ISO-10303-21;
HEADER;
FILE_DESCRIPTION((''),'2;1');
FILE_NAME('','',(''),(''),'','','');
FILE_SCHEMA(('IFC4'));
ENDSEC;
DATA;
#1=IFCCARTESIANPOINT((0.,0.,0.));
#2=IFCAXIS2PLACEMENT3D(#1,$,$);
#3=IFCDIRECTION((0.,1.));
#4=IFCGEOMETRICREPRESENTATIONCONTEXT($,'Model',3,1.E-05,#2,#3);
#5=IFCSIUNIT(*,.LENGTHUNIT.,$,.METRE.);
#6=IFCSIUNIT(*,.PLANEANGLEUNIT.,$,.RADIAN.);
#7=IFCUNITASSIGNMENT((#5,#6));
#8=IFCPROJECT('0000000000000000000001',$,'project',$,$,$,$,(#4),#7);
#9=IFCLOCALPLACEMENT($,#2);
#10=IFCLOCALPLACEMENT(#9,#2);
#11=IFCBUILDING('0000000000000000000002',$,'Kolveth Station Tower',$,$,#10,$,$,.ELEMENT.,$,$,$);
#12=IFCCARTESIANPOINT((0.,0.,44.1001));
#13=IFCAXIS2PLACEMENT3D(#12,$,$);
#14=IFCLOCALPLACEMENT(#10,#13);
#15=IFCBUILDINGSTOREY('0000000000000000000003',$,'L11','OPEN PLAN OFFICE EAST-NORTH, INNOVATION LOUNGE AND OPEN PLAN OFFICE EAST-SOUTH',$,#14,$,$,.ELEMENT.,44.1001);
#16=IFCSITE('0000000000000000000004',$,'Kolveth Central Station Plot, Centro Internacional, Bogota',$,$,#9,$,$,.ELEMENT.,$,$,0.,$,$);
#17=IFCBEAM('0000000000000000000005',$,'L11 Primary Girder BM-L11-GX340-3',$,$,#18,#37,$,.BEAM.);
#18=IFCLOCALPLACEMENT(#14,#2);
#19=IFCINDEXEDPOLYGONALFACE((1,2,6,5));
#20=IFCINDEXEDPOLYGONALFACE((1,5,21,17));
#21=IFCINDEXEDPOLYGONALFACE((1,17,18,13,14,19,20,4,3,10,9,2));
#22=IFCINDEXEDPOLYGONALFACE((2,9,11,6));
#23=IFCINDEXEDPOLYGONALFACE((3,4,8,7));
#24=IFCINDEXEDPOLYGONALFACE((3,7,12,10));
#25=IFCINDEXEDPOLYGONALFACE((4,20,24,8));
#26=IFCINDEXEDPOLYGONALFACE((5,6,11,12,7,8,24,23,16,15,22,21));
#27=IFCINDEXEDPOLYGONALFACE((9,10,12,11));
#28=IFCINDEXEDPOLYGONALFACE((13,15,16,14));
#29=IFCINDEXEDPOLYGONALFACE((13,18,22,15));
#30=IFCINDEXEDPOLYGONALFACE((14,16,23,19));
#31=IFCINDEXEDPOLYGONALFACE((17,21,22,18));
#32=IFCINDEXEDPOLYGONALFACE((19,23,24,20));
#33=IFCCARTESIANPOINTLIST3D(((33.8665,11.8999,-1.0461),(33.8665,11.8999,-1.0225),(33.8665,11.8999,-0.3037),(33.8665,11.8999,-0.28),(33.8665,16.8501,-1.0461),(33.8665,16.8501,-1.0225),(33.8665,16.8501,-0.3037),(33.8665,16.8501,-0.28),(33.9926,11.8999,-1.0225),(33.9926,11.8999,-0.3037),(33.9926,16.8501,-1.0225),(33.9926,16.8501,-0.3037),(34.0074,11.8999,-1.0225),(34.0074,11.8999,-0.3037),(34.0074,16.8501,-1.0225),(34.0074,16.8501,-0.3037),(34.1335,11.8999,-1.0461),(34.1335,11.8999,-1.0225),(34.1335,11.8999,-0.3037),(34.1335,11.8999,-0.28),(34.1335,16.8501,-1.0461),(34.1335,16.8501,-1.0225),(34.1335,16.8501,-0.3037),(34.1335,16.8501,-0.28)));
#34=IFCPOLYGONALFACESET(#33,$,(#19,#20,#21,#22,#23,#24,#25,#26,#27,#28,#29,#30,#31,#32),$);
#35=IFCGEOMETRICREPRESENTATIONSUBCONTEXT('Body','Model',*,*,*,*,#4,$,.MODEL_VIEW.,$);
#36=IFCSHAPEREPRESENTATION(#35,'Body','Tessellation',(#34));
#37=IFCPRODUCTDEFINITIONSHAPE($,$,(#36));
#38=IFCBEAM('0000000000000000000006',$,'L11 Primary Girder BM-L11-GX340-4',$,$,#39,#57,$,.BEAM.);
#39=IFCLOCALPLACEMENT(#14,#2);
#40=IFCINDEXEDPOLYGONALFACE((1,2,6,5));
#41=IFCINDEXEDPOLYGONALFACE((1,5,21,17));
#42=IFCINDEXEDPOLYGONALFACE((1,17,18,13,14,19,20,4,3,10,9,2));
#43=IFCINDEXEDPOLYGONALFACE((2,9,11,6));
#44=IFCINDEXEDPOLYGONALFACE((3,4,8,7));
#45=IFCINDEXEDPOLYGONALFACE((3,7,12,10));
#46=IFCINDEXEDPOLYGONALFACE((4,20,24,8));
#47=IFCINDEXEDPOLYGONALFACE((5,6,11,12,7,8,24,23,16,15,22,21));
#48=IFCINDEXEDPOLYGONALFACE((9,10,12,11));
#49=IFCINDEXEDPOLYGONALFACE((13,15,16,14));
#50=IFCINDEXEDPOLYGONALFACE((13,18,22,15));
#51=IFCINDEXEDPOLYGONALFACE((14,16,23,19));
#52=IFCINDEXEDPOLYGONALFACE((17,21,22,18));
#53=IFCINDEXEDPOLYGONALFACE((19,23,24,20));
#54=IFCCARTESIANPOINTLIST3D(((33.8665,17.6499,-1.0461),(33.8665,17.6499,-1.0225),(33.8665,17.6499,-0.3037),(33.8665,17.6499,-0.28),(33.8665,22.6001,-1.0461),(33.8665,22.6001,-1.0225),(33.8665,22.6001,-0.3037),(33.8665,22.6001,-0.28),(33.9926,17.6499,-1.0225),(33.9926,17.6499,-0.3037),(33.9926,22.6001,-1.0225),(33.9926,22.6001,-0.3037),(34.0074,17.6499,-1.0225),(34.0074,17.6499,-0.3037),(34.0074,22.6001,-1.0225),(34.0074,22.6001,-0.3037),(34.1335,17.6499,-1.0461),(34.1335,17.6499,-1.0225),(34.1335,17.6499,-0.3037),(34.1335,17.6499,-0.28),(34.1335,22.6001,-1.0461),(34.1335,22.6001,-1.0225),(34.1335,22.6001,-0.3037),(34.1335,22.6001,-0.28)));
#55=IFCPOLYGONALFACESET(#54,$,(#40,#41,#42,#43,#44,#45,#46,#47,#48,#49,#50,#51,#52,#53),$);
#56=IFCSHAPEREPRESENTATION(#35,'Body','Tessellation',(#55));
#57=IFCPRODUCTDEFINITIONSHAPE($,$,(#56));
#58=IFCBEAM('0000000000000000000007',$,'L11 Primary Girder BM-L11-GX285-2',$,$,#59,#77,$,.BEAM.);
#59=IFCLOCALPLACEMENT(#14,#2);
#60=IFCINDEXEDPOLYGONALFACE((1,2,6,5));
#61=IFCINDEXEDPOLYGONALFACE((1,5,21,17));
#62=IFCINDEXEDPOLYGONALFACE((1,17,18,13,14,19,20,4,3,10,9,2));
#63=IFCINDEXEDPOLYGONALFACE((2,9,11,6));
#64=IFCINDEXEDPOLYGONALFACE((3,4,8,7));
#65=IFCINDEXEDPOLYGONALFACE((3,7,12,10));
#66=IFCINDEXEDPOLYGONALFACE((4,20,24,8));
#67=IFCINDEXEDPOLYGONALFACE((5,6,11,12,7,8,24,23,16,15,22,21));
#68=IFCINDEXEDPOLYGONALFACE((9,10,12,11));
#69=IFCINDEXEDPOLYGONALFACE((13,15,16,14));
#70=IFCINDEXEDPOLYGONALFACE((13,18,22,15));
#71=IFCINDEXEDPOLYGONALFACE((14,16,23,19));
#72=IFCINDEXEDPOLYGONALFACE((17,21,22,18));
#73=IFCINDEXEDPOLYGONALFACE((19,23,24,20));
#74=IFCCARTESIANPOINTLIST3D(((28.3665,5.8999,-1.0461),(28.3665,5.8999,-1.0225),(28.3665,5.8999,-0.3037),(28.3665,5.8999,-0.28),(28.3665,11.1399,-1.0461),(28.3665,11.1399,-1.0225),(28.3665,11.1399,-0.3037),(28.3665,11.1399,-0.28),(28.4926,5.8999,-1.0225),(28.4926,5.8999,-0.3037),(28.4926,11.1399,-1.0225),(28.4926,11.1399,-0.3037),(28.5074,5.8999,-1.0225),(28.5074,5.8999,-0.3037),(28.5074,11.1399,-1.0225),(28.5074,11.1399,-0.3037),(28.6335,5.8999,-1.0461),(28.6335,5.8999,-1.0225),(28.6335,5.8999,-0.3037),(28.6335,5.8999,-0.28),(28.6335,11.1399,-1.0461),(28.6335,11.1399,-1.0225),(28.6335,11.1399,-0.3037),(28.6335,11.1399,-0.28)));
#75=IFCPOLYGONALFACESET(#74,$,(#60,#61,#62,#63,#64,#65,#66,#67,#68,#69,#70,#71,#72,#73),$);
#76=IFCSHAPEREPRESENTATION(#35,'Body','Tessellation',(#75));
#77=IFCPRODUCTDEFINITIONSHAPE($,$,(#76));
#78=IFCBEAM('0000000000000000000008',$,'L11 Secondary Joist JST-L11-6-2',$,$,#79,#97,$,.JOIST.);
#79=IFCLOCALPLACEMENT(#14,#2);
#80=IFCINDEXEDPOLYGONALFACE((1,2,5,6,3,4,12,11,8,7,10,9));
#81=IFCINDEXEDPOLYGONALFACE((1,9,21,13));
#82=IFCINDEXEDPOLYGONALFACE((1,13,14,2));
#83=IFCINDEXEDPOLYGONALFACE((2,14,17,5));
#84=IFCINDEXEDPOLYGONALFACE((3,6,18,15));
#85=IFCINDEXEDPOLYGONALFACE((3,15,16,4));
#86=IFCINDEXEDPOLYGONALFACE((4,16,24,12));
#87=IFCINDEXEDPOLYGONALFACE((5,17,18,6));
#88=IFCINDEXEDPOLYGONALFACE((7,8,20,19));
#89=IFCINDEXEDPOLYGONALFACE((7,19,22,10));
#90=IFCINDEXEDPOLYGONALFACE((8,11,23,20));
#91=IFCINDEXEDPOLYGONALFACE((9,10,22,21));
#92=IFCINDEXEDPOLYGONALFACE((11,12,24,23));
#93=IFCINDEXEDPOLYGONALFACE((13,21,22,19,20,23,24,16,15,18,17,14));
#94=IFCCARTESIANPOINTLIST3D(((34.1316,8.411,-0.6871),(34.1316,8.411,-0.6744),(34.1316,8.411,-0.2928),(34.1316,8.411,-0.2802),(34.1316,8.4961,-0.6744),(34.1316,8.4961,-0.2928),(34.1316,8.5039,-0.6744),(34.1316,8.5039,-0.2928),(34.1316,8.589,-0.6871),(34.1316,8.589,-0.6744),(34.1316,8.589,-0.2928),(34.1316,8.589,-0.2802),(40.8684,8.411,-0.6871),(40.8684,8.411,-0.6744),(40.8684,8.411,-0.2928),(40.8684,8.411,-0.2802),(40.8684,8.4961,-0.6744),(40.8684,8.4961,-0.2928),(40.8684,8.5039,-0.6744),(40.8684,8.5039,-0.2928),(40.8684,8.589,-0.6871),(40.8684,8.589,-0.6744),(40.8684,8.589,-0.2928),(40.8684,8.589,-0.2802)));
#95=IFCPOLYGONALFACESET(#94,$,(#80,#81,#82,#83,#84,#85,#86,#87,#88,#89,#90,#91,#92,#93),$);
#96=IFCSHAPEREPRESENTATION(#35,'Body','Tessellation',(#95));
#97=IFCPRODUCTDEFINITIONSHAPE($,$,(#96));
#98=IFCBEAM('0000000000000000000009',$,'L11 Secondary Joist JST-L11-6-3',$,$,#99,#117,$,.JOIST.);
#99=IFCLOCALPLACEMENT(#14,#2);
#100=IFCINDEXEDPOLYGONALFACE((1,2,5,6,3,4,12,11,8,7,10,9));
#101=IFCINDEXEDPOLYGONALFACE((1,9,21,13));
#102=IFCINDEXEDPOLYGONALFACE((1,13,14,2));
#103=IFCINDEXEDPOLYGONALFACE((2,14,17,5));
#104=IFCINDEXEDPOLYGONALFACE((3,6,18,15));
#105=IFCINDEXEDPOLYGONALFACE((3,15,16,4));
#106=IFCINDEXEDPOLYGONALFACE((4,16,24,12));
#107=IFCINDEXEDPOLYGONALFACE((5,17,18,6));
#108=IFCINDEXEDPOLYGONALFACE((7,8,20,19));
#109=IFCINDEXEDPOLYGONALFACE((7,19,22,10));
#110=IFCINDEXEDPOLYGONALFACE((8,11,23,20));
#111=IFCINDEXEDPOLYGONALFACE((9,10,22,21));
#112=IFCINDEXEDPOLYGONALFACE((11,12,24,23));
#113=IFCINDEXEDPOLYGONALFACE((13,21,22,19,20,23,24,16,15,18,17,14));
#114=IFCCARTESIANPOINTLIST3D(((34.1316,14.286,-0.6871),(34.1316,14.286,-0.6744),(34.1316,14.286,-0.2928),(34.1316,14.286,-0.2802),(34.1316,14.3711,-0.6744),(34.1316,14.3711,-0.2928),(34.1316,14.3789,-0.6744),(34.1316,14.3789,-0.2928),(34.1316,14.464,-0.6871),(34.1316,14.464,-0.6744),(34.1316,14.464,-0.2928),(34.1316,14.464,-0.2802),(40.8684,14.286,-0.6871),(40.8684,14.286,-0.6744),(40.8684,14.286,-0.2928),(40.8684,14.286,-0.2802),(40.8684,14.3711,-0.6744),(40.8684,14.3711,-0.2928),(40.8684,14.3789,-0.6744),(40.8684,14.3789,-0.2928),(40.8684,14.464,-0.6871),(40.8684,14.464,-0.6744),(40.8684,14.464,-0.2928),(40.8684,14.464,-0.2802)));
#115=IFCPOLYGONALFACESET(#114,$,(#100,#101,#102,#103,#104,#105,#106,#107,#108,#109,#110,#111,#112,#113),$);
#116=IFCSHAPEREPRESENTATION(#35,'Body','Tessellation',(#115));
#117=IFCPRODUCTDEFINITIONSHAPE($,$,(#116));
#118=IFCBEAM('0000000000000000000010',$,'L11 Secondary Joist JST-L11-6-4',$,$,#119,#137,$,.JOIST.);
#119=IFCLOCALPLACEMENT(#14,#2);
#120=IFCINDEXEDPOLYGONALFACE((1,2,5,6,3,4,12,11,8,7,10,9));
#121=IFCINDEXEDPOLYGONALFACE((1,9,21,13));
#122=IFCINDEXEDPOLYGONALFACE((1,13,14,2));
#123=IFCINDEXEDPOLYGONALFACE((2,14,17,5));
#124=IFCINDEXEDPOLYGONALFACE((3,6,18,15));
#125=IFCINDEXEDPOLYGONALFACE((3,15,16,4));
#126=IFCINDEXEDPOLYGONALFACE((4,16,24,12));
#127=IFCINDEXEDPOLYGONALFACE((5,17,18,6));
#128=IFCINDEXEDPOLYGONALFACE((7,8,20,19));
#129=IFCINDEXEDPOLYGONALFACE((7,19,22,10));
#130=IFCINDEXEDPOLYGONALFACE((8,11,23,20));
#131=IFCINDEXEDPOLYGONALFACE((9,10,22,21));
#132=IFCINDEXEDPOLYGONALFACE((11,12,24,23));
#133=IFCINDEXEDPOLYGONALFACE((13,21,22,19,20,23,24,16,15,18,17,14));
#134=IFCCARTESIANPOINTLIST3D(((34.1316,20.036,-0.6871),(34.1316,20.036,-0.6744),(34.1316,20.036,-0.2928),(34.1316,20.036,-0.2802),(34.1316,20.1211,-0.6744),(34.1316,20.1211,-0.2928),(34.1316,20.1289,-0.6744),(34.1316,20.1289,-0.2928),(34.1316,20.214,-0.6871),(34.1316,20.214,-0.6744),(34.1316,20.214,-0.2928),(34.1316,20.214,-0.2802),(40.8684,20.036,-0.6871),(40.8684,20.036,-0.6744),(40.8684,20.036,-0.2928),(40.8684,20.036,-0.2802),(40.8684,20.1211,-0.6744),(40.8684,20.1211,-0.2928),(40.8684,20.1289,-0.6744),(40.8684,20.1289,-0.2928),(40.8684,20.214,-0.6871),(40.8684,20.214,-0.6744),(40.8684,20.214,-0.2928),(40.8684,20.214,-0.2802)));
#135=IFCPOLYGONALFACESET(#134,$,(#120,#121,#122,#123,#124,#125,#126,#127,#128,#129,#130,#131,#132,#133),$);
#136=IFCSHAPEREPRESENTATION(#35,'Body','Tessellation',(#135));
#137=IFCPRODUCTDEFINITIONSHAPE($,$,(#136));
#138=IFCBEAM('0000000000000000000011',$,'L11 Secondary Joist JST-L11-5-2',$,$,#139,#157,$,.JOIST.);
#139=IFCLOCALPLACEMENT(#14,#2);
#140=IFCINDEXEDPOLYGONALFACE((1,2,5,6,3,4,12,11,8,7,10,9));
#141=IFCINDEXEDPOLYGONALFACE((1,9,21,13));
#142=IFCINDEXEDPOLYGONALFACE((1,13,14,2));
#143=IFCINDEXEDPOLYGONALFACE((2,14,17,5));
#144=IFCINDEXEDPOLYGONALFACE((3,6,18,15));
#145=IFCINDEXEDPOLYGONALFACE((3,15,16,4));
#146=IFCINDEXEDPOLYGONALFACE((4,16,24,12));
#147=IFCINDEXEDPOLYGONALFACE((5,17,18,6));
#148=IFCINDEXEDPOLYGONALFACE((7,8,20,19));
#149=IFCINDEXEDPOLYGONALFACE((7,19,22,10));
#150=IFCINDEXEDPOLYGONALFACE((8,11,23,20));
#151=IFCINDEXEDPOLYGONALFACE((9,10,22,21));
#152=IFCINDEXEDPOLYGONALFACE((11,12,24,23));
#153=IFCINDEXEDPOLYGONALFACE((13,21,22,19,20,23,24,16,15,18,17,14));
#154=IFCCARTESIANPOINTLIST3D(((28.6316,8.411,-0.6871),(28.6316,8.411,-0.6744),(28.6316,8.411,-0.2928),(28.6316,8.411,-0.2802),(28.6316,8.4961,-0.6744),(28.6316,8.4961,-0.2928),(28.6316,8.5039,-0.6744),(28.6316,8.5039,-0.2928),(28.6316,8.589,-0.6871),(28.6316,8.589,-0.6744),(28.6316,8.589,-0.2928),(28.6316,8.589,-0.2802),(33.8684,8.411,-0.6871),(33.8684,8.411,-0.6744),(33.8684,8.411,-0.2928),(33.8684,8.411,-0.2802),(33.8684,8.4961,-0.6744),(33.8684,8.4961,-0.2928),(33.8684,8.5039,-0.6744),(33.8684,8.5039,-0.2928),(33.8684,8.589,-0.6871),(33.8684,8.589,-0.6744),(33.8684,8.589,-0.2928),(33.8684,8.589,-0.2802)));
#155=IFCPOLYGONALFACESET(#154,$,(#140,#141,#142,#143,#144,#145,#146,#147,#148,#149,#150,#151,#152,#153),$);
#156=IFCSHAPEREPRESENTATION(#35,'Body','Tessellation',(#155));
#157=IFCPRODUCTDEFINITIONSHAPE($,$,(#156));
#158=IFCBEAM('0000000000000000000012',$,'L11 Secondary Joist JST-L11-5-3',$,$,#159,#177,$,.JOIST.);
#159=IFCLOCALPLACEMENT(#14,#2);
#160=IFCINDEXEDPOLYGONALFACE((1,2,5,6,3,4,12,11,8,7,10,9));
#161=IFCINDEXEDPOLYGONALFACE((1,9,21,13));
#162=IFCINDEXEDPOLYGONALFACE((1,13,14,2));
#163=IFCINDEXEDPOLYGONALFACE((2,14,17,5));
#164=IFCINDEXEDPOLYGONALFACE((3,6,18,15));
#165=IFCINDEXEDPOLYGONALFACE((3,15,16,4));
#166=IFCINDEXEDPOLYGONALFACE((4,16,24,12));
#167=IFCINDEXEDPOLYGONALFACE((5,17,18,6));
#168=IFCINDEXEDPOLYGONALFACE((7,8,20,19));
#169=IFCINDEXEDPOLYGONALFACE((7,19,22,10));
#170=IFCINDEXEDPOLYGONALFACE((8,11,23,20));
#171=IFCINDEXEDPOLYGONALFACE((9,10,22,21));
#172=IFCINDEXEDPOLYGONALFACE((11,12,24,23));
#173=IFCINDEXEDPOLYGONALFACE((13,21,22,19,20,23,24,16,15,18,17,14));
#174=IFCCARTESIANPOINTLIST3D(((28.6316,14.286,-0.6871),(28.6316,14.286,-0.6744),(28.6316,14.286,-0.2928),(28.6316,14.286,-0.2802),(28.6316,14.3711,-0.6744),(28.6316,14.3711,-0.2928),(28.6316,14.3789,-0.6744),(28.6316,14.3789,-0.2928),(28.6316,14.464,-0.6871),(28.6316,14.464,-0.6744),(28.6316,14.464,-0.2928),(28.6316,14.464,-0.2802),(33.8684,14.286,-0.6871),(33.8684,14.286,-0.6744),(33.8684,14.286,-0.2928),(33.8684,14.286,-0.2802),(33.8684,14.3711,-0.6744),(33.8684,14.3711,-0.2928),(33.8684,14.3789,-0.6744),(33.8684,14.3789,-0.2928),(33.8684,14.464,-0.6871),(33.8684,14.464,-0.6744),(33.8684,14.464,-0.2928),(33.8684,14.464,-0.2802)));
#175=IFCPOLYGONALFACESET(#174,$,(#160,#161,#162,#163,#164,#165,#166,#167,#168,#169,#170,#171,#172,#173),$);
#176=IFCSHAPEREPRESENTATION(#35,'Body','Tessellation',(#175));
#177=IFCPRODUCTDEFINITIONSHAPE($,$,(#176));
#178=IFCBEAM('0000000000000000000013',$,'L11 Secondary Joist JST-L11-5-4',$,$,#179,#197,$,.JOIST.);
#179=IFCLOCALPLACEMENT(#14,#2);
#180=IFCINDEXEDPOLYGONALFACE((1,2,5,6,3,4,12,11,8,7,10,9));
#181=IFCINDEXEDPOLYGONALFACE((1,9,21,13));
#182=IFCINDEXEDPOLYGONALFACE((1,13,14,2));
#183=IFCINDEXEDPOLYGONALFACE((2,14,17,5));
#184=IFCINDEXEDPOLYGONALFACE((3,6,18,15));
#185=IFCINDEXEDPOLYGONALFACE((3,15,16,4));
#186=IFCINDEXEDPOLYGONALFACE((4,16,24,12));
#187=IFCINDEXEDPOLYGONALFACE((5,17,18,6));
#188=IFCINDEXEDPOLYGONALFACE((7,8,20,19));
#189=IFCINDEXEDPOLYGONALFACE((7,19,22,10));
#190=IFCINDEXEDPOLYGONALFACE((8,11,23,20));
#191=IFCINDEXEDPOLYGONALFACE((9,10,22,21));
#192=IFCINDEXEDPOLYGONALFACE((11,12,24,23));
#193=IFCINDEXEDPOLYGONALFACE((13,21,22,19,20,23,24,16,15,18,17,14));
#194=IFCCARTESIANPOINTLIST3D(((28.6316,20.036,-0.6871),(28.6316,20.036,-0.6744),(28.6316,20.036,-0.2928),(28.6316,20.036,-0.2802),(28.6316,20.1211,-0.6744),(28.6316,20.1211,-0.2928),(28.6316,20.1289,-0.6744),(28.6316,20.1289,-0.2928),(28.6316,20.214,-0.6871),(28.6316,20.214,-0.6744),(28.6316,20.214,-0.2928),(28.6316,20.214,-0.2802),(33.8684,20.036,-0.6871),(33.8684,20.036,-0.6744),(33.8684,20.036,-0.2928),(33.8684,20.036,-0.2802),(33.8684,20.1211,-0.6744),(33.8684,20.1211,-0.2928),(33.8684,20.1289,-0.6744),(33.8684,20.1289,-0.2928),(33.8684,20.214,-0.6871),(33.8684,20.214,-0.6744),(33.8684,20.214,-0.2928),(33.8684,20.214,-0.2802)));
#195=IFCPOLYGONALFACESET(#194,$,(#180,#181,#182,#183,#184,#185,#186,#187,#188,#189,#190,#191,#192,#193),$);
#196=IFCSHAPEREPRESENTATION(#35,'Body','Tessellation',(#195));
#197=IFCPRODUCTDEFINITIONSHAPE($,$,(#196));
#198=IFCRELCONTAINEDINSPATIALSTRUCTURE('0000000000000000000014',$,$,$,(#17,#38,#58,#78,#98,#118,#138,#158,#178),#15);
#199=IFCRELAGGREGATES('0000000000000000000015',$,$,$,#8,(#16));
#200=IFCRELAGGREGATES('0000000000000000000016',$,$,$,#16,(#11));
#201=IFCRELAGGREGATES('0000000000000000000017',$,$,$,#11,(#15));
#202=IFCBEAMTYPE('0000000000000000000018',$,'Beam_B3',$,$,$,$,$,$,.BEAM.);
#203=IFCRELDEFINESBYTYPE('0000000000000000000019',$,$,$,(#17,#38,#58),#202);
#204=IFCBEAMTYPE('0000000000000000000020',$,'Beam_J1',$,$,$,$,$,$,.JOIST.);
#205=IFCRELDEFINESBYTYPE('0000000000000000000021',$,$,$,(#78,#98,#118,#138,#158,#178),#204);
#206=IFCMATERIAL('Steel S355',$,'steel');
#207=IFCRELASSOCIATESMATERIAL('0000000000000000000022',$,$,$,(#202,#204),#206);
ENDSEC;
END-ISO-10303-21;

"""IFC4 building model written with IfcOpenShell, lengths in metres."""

from ifc_helpers import new_model, si_unit, direction, frame, origin, origin_2d, place, context, subcontext, project, spatial, i_section, extrude, source, transform, mapped, material, material_profile, profile_set, type_object, element, save


model = new_model("IFC4")

# Units and contexts
model_context = context("Model", 3, precision=1e-05, world=origin(), true_north=direction((0.0, 1.0)))
body_context = subcontext(model_context, "Body", "Model", "MODEL_VIEW")
ifc_project = project(units=[si_unit("LENGTHUNIT", "METRE"), si_unit("PLANEANGLEUNIT", "RADIAN")], contexts=[model_context])

# Site, building, storey
site_placement = place(None, origin())
site = spatial("IfcSite", under=ifc_project, at=site_placement, Name="Kolveth Central Station Plot, Centro Internacional, Bogota", CompositionType="ELEMENT", RefElevation=0.0)
building_placement = place(site_placement, origin())
building = spatial("IfcBuilding", under=site, at=building_placement, Name="Kolveth Station Tower", CompositionType="ELEMENT")
storey_placement = place(building_placement, frame((0.0, 0.0, 44.1001)))
storey = spatial("IfcBuildingStorey", under=building, at=storey_placement, Name="L11", Description="OPEN PLAN OFFICE EAST-NORTH, INNOVATION LOUNGE AND OPEN PLAN OFFICE EAST-SOUTH", CompositionType="ELEMENT", Elevation=44.1001)

# Beams
ifc_material_1 = material(Name="Steel S355", Category="steel")
ifc_material_profile_1 = material_profile(ifc_material_1, i_section(OverallWidth=0.2671, OverallDepth=0.7661, WebThickness=0.0149, FlangeThickness=0.0237, at=origin_2d()), Name="W760x185")
ifc_profile_set_1 = profile_set([ifc_material_profile_1], Name="Steel S355")
beam_type_1 = type_object("IfcBeamType", Name="Beam_B3", PredefinedType="BEAM", material=ifc_profile_set_1)
shared_shape_1 = source(origin(), body_context, "Body", "SweptSolid", [
    extrude(i_section(OverallWidth=0.2671, OverallDepth=0.7661, WebThickness=0.0149, FlangeThickness=0.0237, at=origin_2d()), origin(), (0.0, 0.0, 1.0), 4.9502),
])
for number, where, z_axis, x_axis, name in (
    (1, (34.0, 11.8999, -0.6631), (0.0, 1.0, 0.0), (-1.0, 0.0, 0.0), "L11 Primary Girder BM-L11-GX340-3"),
    (2, (34.0, 17.6499, -0.6631), (0.0, 1.0, 0.0), (-1.0, 0.0, 0.0), "L11 Primary Girder BM-L11-GX340-4"),
):
    element("IfcBeam", number, at=place(storey_placement, frame(where, z_axis=z_axis, x_axis=x_axis)), inside=storey, type_object=beam_type_1, Name=name, PredefinedType="BEAM", context=body_context, shape_type="MappedRepresentation", body=[
        mapped(shared_shape_1, transform((0.0, 0.0, 0.0), x_axis=(1.0, 0.0, 0.0), y_axis=(0.0, 1.0, 0.0), z_axis=(0.0, 0.0, 1.0), scale=1.0)),
    ])
shared_shape_2 = source(origin(), body_context, "Body", "SweptSolid", [
    extrude(i_section(OverallWidth=0.2671, OverallDepth=0.7661, WebThickness=0.0149, FlangeThickness=0.0237, at=origin_2d()), origin(), (0.0, 0.0, 1.0), 5.24),
])
beam_1_placement = place(storey_placement, frame((28.5, 5.8999, -0.6631), z_axis=(0.0, 1.0, 0.0), x_axis=(-1.0, 0.0, 0.0)))
element("IfcBeam", 3, at=beam_1_placement, inside=storey, type_object=beam_type_1, Name="L11 Primary Girder BM-L11-GX285-2", PredefinedType="BEAM", context=body_context, shape_type="MappedRepresentation", body=[
    mapped(shared_shape_2, transform((0.0, 0.0, 0.0), x_axis=(1.0, 0.0, 0.0), y_axis=(0.0, 1.0, 0.0), z_axis=(0.0, 0.0, 1.0), scale=1.0)),
])
ifc_material_profile_2 = material_profile(ifc_material_1, i_section(OverallWidth=0.178, OverallDepth=0.407, WebThickness=0.0078, FlangeThickness=0.0127, at=origin_2d()), Name="W410x60")
ifc_profile_set_2 = profile_set([ifc_material_profile_2], Name="Steel S355")
beam_type_2 = type_object("IfcBeamType", Name="Beam_J1", PredefinedType="JOIST", material=ifc_profile_set_2)
shared_shape_3 = source(origin(), body_context, "Body", "SweptSolid", [
    extrude(i_section(OverallWidth=0.178, OverallDepth=0.407, WebThickness=0.0078, FlangeThickness=0.0127, at=origin_2d()), origin(), (0.0, 0.0, 1.0), 6.7368),
])
for number, where, z_axis, x_axis, name in (
    (4, (34.1316, 8.5, -0.4836), (1.0, 0.0, 0.0), (0.0, 1.0, 0.0), "L11 Secondary Joist JST-L11-6-2"),
    (5, (34.1316, 14.375, -0.4836), (1.0, 0.0, 0.0), (0.0, 1.0, 0.0), "L11 Secondary Joist JST-L11-6-3"),
    (6, (34.1316, 20.125, -0.4836), (1.0, 0.0, 0.0), (0.0, 1.0, 0.0), "L11 Secondary Joist JST-L11-6-4"),
):
    element("IfcBeam", number, at=place(storey_placement, frame(where, z_axis=z_axis, x_axis=x_axis)), inside=storey, type_object=beam_type_2, Name=name, PredefinedType="JOIST", context=body_context, shape_type="MappedRepresentation", body=[
        mapped(shared_shape_3, transform((0.0, 0.0, 0.0), x_axis=(1.0, 0.0, 0.0), y_axis=(0.0, 1.0, 0.0), z_axis=(0.0, 0.0, 1.0), scale=1.0)),
    ])
shared_shape_4 = source(origin(), body_context, "Body", "SweptSolid", [
    extrude(i_section(OverallWidth=0.178, OverallDepth=0.407, WebThickness=0.0078, FlangeThickness=0.0127, at=origin_2d()), origin(), (0.0, 0.0, 1.0), 5.2368),
])
for number, where, z_axis, x_axis, name in (
    (7, (28.6316, 8.5, -0.4836), (1.0, 0.0, 0.0), (0.0, 1.0, 0.0), "L11 Secondary Joist JST-L11-5-2"),
    (8, (28.6316, 14.375, -0.4836), (1.0, 0.0, 0.0), (0.0, 1.0, 0.0), "L11 Secondary Joist JST-L11-5-3"),
    (9, (28.6316, 20.125, -0.4836), (1.0, 0.0, 0.0), (0.0, 1.0, 0.0), "L11 Secondary Joist JST-L11-5-4"),
):
    element("IfcBeam", number, at=place(storey_placement, frame(where, z_axis=z_axis, x_axis=x_axis)), inside=storey, type_object=beam_type_2, Name=name, PredefinedType="JOIST", context=body_context, shape_type="MappedRepresentation", body=[
        mapped(shared_shape_4, transform((0.0, 0.0, 0.0), x_axis=(1.0, 0.0, 0.0), y_axis=(0.0, 1.0, 0.0), z_axis=(0.0, 0.0, 1.0), scale=1.0)),
    ])

save(model, "model.ifc")
